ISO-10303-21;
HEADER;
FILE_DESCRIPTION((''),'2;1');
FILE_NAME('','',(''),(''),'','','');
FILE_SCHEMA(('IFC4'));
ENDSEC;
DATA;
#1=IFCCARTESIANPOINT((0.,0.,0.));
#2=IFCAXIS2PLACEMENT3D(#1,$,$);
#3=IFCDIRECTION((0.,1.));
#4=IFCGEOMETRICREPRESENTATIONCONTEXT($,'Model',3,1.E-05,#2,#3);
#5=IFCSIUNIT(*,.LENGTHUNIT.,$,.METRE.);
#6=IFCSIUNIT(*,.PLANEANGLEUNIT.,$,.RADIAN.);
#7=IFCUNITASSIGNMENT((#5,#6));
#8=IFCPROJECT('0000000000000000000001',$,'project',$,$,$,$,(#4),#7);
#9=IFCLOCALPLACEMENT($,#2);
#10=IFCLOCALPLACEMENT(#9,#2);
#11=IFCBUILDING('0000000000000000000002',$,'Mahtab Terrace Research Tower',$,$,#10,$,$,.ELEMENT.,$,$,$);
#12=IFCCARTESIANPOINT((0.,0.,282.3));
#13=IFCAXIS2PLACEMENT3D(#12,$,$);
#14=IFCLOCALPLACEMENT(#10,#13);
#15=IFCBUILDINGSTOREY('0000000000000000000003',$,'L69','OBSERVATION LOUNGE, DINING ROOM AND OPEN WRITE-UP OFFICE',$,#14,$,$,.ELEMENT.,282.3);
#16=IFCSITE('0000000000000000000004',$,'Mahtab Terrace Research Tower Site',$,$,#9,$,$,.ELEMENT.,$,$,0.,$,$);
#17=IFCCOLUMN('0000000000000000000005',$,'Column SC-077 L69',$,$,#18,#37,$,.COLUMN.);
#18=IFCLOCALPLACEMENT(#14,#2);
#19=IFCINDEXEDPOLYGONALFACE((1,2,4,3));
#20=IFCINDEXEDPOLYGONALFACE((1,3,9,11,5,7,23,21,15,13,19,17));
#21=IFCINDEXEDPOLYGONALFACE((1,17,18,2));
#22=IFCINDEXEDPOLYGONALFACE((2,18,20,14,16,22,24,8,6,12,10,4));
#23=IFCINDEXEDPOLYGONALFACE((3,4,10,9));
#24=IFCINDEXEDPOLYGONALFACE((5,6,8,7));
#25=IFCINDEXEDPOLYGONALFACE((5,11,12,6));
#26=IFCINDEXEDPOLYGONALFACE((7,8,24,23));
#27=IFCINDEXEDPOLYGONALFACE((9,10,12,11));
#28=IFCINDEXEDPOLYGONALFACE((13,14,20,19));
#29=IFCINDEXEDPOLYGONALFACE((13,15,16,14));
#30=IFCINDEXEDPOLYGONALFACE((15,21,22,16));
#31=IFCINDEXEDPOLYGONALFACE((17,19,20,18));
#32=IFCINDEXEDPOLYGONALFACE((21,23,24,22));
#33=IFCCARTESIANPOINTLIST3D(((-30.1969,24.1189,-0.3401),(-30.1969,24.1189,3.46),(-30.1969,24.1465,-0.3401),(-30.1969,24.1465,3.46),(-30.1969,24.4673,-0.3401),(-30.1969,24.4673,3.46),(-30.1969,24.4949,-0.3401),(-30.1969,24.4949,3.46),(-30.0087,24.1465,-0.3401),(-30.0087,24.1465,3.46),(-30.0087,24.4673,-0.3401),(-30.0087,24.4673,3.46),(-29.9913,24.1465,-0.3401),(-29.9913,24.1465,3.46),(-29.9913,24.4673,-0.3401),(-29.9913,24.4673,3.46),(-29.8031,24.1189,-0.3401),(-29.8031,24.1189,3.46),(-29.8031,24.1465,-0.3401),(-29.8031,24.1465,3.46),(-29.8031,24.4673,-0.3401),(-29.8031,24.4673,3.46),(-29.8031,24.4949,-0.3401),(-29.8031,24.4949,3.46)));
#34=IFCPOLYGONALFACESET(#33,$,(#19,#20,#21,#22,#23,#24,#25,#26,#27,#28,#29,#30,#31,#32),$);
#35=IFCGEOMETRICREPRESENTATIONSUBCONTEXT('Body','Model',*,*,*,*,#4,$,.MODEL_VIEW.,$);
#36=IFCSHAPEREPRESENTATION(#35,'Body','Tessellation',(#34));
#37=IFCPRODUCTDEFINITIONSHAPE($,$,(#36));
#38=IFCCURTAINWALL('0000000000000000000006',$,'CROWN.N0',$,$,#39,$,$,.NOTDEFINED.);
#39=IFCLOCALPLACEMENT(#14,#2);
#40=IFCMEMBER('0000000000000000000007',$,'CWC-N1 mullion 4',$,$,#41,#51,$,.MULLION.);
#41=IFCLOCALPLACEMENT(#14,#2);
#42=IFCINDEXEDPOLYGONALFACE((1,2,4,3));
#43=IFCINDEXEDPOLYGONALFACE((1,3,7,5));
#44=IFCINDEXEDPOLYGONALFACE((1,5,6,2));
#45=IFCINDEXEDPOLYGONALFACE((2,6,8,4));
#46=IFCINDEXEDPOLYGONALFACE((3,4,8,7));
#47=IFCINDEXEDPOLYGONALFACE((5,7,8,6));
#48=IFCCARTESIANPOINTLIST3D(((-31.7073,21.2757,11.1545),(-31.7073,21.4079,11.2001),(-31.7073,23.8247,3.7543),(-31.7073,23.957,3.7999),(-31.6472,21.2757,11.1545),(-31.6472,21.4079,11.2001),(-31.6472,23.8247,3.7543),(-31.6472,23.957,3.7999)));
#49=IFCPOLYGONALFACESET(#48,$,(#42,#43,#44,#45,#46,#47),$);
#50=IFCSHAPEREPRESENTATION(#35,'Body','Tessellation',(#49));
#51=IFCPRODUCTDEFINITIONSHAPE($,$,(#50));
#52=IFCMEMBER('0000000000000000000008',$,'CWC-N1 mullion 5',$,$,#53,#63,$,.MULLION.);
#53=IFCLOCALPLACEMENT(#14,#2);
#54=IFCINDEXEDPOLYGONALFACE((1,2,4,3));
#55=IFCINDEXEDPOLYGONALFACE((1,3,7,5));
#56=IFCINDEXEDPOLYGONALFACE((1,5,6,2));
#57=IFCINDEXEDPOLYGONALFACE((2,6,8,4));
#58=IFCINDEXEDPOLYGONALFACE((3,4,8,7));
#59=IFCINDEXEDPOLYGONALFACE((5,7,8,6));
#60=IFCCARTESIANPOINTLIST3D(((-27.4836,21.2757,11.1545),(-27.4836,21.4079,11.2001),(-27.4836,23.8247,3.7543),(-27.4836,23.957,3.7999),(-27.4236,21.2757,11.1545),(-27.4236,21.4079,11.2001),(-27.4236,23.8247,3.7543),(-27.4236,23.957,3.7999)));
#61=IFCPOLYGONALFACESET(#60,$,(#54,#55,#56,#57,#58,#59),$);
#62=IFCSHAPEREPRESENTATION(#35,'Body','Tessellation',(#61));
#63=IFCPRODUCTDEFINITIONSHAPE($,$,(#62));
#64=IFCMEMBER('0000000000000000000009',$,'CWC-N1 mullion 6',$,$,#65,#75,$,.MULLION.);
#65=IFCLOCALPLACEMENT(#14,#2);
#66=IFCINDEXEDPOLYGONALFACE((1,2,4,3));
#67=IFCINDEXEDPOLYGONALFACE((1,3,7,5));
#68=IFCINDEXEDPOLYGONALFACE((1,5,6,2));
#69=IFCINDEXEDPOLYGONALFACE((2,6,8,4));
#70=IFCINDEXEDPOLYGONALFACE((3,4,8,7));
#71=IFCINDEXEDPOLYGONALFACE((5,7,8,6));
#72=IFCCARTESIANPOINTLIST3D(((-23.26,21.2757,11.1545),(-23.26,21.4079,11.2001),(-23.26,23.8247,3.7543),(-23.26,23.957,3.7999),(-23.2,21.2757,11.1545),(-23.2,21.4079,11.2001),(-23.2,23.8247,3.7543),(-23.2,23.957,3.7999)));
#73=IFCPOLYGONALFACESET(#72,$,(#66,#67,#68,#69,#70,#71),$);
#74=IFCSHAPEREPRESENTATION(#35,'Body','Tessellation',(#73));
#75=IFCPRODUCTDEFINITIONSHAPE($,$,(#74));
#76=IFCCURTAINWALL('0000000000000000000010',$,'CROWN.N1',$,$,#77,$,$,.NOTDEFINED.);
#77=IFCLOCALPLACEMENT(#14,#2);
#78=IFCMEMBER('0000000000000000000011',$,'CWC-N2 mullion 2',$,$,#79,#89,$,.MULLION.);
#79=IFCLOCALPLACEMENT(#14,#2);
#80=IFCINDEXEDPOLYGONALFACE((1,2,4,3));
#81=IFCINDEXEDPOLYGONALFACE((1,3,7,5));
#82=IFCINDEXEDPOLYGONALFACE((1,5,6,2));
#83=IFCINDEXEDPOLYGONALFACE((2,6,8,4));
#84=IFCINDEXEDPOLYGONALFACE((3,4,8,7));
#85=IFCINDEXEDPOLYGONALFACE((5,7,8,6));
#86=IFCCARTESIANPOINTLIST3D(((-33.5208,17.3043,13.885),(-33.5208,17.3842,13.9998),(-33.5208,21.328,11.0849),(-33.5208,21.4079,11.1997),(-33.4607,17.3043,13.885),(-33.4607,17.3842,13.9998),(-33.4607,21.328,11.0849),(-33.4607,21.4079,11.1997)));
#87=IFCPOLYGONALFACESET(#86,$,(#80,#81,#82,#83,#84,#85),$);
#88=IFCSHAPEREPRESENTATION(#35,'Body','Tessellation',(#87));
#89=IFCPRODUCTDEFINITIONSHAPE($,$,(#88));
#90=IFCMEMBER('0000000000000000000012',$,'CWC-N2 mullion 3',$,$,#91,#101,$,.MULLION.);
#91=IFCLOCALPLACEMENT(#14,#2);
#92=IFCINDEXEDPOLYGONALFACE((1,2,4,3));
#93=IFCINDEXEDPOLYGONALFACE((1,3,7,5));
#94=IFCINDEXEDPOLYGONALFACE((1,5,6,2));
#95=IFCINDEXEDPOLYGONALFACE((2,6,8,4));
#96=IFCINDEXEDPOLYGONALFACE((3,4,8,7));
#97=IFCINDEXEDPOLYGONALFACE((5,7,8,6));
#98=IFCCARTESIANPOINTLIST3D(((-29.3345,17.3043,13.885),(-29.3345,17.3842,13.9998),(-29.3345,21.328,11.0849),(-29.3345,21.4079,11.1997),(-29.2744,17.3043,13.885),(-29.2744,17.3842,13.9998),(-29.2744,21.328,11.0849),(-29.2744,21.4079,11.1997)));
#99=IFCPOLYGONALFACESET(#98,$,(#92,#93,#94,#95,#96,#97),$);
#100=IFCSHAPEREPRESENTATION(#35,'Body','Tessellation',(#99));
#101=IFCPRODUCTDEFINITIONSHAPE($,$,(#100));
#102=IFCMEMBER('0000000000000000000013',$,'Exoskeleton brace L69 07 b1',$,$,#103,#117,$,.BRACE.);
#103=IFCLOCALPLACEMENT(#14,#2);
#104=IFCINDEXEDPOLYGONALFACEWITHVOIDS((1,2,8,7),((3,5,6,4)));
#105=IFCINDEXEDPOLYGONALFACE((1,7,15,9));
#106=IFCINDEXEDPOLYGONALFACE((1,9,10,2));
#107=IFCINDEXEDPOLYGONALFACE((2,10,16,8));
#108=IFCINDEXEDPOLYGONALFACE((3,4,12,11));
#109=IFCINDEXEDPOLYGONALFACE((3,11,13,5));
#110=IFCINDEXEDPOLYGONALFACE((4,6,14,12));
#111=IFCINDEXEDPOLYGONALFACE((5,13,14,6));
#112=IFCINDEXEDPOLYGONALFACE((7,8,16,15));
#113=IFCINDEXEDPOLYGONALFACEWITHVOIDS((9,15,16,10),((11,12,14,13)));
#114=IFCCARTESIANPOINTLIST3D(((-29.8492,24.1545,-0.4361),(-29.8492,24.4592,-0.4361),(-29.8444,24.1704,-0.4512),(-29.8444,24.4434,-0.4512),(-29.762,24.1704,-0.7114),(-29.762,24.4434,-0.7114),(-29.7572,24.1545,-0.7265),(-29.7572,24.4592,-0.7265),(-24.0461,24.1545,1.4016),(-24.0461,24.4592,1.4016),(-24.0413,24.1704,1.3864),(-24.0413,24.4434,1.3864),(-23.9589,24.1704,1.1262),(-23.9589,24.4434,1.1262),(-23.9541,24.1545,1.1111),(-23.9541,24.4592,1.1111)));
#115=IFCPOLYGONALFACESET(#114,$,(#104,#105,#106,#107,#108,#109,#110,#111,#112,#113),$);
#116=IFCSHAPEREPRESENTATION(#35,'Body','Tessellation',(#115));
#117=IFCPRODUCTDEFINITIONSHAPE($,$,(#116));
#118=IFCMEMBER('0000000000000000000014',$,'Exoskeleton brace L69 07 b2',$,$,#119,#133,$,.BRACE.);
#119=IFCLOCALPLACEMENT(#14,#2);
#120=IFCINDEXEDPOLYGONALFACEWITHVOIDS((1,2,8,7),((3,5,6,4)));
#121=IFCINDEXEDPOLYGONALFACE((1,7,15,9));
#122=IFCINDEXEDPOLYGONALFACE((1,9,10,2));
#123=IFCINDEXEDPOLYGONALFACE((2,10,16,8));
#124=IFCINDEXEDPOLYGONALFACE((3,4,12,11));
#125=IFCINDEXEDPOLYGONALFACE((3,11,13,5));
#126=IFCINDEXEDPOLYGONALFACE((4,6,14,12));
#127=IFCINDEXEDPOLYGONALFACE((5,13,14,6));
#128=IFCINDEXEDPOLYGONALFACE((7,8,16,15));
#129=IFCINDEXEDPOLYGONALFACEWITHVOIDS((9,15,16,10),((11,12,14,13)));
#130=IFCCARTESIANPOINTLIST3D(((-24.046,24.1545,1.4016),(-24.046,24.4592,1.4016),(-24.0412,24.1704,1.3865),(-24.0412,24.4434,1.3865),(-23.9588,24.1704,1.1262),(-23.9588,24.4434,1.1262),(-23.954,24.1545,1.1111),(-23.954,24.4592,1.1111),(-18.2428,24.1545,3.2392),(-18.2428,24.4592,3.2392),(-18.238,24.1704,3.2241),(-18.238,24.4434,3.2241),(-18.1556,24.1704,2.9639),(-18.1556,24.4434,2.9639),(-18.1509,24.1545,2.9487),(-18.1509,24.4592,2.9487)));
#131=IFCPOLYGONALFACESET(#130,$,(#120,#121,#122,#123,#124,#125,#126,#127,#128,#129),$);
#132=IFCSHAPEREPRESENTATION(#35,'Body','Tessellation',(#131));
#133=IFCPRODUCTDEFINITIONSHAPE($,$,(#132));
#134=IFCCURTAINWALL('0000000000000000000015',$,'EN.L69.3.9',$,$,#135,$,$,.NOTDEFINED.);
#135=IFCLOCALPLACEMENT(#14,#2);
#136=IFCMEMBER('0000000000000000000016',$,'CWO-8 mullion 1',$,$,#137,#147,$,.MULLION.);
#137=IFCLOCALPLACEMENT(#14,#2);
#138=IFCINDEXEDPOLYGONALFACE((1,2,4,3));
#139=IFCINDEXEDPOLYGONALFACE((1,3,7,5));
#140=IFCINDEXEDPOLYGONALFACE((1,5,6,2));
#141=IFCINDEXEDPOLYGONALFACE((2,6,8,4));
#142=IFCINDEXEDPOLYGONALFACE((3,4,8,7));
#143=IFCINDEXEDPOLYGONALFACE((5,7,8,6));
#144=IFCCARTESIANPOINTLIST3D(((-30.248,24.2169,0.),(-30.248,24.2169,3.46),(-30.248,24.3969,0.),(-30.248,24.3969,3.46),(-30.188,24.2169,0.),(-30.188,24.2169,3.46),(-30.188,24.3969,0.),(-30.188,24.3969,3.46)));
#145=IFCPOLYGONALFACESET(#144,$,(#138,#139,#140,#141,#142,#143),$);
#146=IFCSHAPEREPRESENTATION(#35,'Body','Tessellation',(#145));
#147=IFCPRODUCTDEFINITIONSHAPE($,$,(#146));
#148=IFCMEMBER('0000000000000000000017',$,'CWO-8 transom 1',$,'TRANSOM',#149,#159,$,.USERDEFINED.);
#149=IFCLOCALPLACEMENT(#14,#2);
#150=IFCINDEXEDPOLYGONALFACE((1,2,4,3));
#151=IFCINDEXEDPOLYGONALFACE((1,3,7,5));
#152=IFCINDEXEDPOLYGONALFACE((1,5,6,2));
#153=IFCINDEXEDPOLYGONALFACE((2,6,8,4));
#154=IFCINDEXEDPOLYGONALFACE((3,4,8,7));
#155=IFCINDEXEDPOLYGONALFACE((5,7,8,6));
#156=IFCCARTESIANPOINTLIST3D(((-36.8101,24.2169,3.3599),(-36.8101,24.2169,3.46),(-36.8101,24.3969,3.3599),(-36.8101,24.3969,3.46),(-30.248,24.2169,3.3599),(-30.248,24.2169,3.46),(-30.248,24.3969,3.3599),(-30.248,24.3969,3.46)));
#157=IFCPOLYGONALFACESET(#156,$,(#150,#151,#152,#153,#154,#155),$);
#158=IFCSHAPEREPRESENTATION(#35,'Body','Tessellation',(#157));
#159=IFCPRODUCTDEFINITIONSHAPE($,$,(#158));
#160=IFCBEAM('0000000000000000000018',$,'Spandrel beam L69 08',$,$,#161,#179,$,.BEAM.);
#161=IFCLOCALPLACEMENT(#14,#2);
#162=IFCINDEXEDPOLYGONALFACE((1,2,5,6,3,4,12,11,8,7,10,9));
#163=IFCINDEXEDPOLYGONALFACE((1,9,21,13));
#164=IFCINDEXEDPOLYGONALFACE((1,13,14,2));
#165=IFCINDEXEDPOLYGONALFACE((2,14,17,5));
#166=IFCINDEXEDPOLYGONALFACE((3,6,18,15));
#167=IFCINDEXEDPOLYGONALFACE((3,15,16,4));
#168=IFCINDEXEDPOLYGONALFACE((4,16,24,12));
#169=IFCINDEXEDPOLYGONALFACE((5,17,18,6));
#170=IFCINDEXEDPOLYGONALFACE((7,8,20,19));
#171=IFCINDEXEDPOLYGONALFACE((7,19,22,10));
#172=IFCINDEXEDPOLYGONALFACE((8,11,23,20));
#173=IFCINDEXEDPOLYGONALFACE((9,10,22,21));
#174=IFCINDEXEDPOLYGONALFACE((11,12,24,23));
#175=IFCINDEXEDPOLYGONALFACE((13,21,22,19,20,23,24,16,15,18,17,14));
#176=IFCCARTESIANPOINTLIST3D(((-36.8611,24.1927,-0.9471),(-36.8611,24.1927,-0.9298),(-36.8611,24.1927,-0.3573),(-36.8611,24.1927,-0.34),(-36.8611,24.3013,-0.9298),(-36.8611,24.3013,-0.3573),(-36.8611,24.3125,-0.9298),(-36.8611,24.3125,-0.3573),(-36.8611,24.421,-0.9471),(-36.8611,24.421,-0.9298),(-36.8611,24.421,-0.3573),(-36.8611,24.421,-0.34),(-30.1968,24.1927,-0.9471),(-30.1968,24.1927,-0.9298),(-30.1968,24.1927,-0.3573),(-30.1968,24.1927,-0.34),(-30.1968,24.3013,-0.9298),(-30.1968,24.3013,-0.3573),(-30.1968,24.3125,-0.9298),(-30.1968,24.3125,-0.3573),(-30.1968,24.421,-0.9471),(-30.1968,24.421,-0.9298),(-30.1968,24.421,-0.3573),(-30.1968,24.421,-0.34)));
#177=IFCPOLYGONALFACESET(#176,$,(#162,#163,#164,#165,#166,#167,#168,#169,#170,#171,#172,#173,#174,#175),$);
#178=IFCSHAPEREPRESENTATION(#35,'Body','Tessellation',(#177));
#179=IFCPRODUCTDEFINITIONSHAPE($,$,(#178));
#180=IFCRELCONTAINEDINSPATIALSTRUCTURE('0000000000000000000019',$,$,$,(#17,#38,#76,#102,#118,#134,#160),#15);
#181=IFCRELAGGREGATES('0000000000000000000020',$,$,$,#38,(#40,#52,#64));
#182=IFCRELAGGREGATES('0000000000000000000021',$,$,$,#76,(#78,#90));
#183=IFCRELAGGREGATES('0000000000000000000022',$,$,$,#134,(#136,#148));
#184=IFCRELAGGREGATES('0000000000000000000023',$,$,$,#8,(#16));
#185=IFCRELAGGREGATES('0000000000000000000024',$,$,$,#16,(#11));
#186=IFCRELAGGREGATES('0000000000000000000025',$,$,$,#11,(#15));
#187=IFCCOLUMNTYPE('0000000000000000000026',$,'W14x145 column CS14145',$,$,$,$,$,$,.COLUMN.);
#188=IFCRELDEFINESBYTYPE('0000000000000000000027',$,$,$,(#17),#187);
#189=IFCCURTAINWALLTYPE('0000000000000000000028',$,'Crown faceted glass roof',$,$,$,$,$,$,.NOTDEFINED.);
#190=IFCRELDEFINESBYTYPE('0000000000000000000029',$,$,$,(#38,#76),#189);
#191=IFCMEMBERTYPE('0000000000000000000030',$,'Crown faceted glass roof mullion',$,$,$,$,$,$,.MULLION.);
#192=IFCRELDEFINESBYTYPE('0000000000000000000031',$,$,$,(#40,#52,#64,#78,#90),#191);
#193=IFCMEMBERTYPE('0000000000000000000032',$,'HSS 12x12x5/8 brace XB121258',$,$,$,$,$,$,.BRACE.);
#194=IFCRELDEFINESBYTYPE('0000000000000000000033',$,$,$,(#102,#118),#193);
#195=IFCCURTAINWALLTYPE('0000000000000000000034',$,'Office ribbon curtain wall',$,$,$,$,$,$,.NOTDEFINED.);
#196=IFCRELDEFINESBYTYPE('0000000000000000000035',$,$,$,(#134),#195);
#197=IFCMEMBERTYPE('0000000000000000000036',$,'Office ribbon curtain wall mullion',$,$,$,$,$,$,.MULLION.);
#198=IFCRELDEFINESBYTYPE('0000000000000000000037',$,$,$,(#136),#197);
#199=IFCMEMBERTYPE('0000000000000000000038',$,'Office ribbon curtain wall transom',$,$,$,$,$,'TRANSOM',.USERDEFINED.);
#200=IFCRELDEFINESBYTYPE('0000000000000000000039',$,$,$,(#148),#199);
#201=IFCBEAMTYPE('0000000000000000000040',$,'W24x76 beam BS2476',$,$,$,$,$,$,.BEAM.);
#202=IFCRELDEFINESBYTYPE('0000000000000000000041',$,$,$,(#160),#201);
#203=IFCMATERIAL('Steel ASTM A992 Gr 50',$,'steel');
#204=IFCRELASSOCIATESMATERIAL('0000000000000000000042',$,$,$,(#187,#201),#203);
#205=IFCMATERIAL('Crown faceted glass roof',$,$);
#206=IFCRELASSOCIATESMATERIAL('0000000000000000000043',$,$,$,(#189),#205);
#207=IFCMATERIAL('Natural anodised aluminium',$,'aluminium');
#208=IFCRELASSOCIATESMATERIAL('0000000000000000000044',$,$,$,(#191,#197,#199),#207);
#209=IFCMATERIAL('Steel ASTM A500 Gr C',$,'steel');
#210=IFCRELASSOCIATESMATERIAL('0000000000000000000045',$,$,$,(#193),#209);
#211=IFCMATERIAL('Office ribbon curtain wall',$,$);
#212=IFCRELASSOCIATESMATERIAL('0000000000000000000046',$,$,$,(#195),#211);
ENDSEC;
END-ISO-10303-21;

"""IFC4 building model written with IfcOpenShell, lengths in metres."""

from ifc_helpers import new_model, si_unit, direction, frame, origin, origin_2d, place, context, subcontext, project, spatial, rectangle, hollow_rectangle, i_section, extrude, material, material_profile, profile_set, type_object, element, aggregate, save


model = new_model("IFC4")

# Units and contexts
model_context = context("Model", 3, precision=1e-05, world=origin(), true_north=direction((0.0, 1.0)))
body_context = subcontext(model_context, "Body", "Model", "MODEL_VIEW")
ifc_project = project(units=[si_unit("LENGTHUNIT", "METRE"), si_unit("PLANEANGLEUNIT", "RADIAN")], contexts=[model_context])

# Site, building, storey
site_placement = place(None, origin())
site = spatial("IfcSite", under=ifc_project, at=site_placement, Name="Mahtab Terrace Research Tower Site", CompositionType="ELEMENT", RefElevation=0.0)
building_placement = place(site_placement, origin())
building = spatial("IfcBuilding", under=site, at=building_placement, Name="Mahtab Terrace Research Tower", CompositionType="ELEMENT")
storey_placement = place(building_placement, frame((0.0, 0.0, 282.3)))
storey = spatial("IfcBuildingStorey", under=building, at=storey_placement, Name="L69", Description="OBSERVATION LOUNGE, DINING ROOM AND OPEN WRITE-UP OFFICE", CompositionType="ELEMENT", Elevation=282.3)

# Column
ifc_material_1 = material(Name="Steel ASTM A992 Gr 50", Category="steel")
ifc_material_profile_1 = material_profile(ifc_material_1, i_section(OverallWidth=0.3938, OverallDepth=0.376, WebThickness=0.0173, FlangeThickness=0.0276, at=origin_2d()), Name="W14X145")
ifc_profile_set_1 = profile_set([ifc_material_profile_1], Name="Steel ASTM A992 Gr 50")
column_type = type_object("IfcColumnType", Name="W14x145 column CS14145", PredefinedType="COLUMN", material=ifc_profile_set_1)
column_placement = place(storey_placement, frame((-30.0, 24.3069, -0.3401), z_axis=(0.0, 0.0, 1.0), x_axis=(1.0, 0.0, 0.0)))
element("IfcColumn", 1, at=column_placement, inside=storey, type_object=column_type, Name="Column SC-077 L69", PredefinedType="COLUMN", context=body_context, shape_type="SweptSolid", body=[
    extrude(i_section(OverallWidth=0.3938, OverallDepth=0.376, WebThickness=0.0173, FlangeThickness=0.0276, at=origin_2d()), origin(), (0.0, 0.0, 1.0), 3.8),
])

# Curtain walls, members
ifc_material_2 = material(Name="Crown faceted glass roof")
curtain_wall_type_1 = type_object("IfcCurtainWallType", Name="Crown faceted glass roof", PredefinedType="NOTDEFINED", material=ifc_material_2)
curtain_wall_1_placement = place(storey_placement, origin())
curtain_wall_1 = element("IfcCurtainWall", 2, at=curtain_wall_1_placement, inside=storey, type_object=curtain_wall_type_1, Name="CROWN.N0", PredefinedType="NOTDEFINED")
ifc_material_3 = material(Name="Natural anodised aluminium", Category="aluminium")
ifc_material_profile_2 = material_profile(ifc_material_3, rectangle(XDim=0.0601, YDim=0.1399, at=origin_2d()), Name="MULLION 60x140")
ifc_profile_set_2 = profile_set([ifc_material_profile_2], Name="Natural anodised aluminium")
member_type_1 = type_object("IfcMemberType", Name="Crown faceted glass roof mullion", PredefinedType="MULLION", material=ifc_profile_set_2)
member_1_placement = place(storey_placement, frame((-31.6772, 23.8909, 3.7771), z_axis=(0.0, -0.325682, 0.945479), x_axis=(1.0, 0.0, 0.0)))
member_1 = element("IfcMember", 3, at=member_1_placement, type_object=member_type_1, Name="CWC-N1 mullion 4", PredefinedType="MULLION", context=body_context, shape_type="SweptSolid", body=[
    extrude(rectangle(XDim=0.0601, YDim=0.1399, at=origin_2d()), origin(), (0.0, 0.0, 1.0), 7.8269),
])
member_2_placement = place(storey_placement, frame((-27.4536, 23.8909, 3.7771), z_axis=(0.0, -0.325682, 0.945479), x_axis=(1.0, 0.0, 0.0)))
member_2 = element("IfcMember", 4, at=member_2_placement, type_object=member_type_1, Name="CWC-N1 mullion 5", PredefinedType="MULLION", context=body_context, shape_type="SweptSolid", body=[
    extrude(rectangle(XDim=0.0601, YDim=0.1399, at=origin_2d()), origin(), (0.0, 0.0, 1.0), 7.8269),
])
member_3_placement = place(storey_placement, frame((-23.23, 23.8909, 3.7771), z_axis=(0.0, -0.325682, 0.945479), x_axis=(1.0, 0.0, 0.0)))
member_3 = element("IfcMember", 5, at=member_3_placement, type_object=member_type_1, Name="CWC-N1 mullion 6", PredefinedType="MULLION", context=body_context, shape_type="SweptSolid", body=[
    extrude(rectangle(XDim=0.0601, YDim=0.1399, at=origin_2d()), origin(), (0.0, 0.0, 1.0), 7.8269),
])
aggregate(curtain_wall_1, [member_1, member_2, member_3])
curtain_wall_2_placement = place(storey_placement, origin())
curtain_wall_2 = element("IfcCurtainWall", 6, at=curtain_wall_2_placement, inside=storey, type_object=curtain_wall_type_1, Name="CROWN.N1", PredefinedType="NOTDEFINED")
member_4_placement = place(storey_placement, frame((-33.4907, 21.3679, 11.1423), z_axis=(0.0, -0.820813, 0.571197), x_axis=(1.0, 0.0, 0.0)))
member_4 = element("IfcMember", 7, at=member_4_placement, type_object=member_type_1, Name="CWC-N2 mullion 2", PredefinedType="MULLION", context=body_context, shape_type="SweptSolid", body=[
    extrude(rectangle(XDim=0.0601, YDim=0.1399, at=origin_2d()), origin(), (0.0, 0.0, 1.0), 4.9021),
])
member_5_placement = place(storey_placement, frame((-29.3044, 21.3679, 11.1423), z_axis=(0.0, -0.820813, 0.571197), x_axis=(1.0, 0.0, 0.0)))
member_5 = element("IfcMember", 8, at=member_5_placement, type_object=member_type_1, Name="CWC-N2 mullion 3", PredefinedType="MULLION", context=body_context, shape_type="SweptSolid", body=[
    extrude(rectangle(XDim=0.0601, YDim=0.1399, at=origin_2d()), origin(), (0.0, 0.0, 1.0), 4.9021),
])
aggregate(curtain_wall_2, [member_4, member_5])

# Members
ifc_material_4 = material(Name="Steel ASTM A500 Gr C", Category="steel")
ifc_material_profile_3 = material_profile(ifc_material_4, hollow_rectangle(XDim=0.3047, YDim=0.3047, WallThickness=0.0159, at=origin_2d()), Name="HSS12X12X5/8")
ifc_profile_set_3 = profile_set([ifc_material_profile_3], Name="Steel ASTM A500 Gr C")
member_type_2 = type_object("IfcMemberType", Name="HSS 12x12x5/8 brace XB121258", PredefinedType="BRACE", material=ifc_profile_set_3)
for number, where, z_axis, x_axis, name in (
    (9, (-29.8032, 24.3069, -0.5813), (0.953344, 0.0, 0.301886), (0.0, 1.0, 0.0), "Exoskeleton brace L69 07 b1"),
    (10, (-24.0, 24.3069, 1.2563), (0.953344, 0.0, 0.301886), (0.0, 1.0, 0.0), "Exoskeleton brace L69 07 b2"),
):
    element("IfcMember", number, at=place(storey_placement, frame(where, z_axis=z_axis, x_axis=x_axis)), inside=storey, type_object=member_type_2, Name=name, PredefinedType="BRACE", context=body_context, shape_type="SweptSolid", body=[
        extrude(hollow_rectangle(XDim=0.3047, YDim=0.3047, WallThickness=0.0159, at=origin_2d()), origin(), (0.0, 0.0, 1.0), 6.0872),
    ])

# Curtain wall, members
ifc_material_5 = material(Name="Office ribbon curtain wall")
curtain_wall_type_2 = type_object("IfcCurtainWallType", Name="Office ribbon curtain wall", PredefinedType="NOTDEFINED", material=ifc_material_5)
curtain_wall_3_placement = place(storey_placement, origin())
curtain_wall_3 = element("IfcCurtainWall", 11, at=curtain_wall_3_placement, inside=storey, type_object=curtain_wall_type_2, Name="EN.L69.3.9", PredefinedType="NOTDEFINED")
ifc_material_profile_4 = material_profile(ifc_material_3, rectangle(XDim=0.1799, YDim=0.0601, at=origin_2d()), Name="MULLION 60x180")
ifc_profile_set_4 = profile_set([ifc_material_profile_4], Name="Natural anodised aluminium")
member_type_3 = type_object("IfcMemberType", Name="Office ribbon curtain wall mullion", PredefinedType="MULLION", material=ifc_profile_set_4)
member_6_placement = place(storey_placement, frame((-30.218, 24.3069, 0.0), z_axis=(0.0, 0.0, 1.0), x_axis=(0.0, -1.0, 0.0)))
member_6 = element("IfcMember", 12, at=member_6_placement, type_object=member_type_3, Name="CWO-8 mullion 1", PredefinedType="MULLION", context=body_context, shape_type="SweptSolid", body=[
    extrude(rectangle(XDim=0.1799, YDim=0.0601, at=origin_2d()), origin(), (0.0, 0.0, 1.0), 3.46),
])
ifc_material_profile_5 = material_profile(ifc_material_3, rectangle(XDim=0.1799, YDim=0.1001, at=origin_2d()), Name="TRANSOM 100x180")
ifc_profile_set_5 = profile_set([ifc_material_profile_5], Name="Natural anodised aluminium")
member_type_4 = type_object("IfcMemberType", Name="Office ribbon curtain wall transom", ElementType="TRANSOM", PredefinedType="USERDEFINED", material=ifc_profile_set_5)
member_7_placement = place(storey_placement, frame((-30.248, 24.3069, 3.4099), z_axis=(-1.0, 0.0, 0.0), x_axis=(0.0, -1.0, 0.0)))
member_7 = element("IfcMember", 13, at=member_7_placement, type_object=member_type_4, Name="CWO-8 transom 1", ObjectType="TRANSOM", PredefinedType="USERDEFINED", context=body_context, shape_type="SweptSolid", body=[
    extrude(rectangle(XDim=0.1799, YDim=0.1001, at=origin_2d()), origin(), (0.0, 0.0, 1.0), 6.562),
])
aggregate(curtain_wall_3, [member_6, member_7])

# Beam
ifc_material_profile_6 = material_profile(ifc_material_1, i_section(OverallWidth=0.2283, OverallDepth=0.6072, WebThickness=0.0112, FlangeThickness=0.0173, at=origin_2d()), Name="W24X76")
ifc_profile_set_6 = profile_set([ifc_material_profile_6], Name="Steel ASTM A992 Gr 50")
beam_type = type_object("IfcBeamType", Name="W24x76 beam BS2476", PredefinedType="BEAM", material=ifc_profile_set_6)
beam_placement = place(storey_placement, frame((-30.1968, 24.3069, -0.6436), z_axis=(-1.0, 0.0, 0.0), x_axis=(0.0, -1.0, 0.0)))
element("IfcBeam", 14, at=beam_placement, inside=storey, type_object=beam_type, Name="Spandrel beam L69 08", PredefinedType="BEAM", context=body_context, shape_type="SweptSolid", body=[
    extrude(i_section(OverallWidth=0.2283, OverallDepth=0.6072, WebThickness=0.0112, FlangeThickness=0.0173, at=origin_2d()), origin(), (0.0, 0.0, 1.0), 6.6643),
])

save(model, "model.ifc")
